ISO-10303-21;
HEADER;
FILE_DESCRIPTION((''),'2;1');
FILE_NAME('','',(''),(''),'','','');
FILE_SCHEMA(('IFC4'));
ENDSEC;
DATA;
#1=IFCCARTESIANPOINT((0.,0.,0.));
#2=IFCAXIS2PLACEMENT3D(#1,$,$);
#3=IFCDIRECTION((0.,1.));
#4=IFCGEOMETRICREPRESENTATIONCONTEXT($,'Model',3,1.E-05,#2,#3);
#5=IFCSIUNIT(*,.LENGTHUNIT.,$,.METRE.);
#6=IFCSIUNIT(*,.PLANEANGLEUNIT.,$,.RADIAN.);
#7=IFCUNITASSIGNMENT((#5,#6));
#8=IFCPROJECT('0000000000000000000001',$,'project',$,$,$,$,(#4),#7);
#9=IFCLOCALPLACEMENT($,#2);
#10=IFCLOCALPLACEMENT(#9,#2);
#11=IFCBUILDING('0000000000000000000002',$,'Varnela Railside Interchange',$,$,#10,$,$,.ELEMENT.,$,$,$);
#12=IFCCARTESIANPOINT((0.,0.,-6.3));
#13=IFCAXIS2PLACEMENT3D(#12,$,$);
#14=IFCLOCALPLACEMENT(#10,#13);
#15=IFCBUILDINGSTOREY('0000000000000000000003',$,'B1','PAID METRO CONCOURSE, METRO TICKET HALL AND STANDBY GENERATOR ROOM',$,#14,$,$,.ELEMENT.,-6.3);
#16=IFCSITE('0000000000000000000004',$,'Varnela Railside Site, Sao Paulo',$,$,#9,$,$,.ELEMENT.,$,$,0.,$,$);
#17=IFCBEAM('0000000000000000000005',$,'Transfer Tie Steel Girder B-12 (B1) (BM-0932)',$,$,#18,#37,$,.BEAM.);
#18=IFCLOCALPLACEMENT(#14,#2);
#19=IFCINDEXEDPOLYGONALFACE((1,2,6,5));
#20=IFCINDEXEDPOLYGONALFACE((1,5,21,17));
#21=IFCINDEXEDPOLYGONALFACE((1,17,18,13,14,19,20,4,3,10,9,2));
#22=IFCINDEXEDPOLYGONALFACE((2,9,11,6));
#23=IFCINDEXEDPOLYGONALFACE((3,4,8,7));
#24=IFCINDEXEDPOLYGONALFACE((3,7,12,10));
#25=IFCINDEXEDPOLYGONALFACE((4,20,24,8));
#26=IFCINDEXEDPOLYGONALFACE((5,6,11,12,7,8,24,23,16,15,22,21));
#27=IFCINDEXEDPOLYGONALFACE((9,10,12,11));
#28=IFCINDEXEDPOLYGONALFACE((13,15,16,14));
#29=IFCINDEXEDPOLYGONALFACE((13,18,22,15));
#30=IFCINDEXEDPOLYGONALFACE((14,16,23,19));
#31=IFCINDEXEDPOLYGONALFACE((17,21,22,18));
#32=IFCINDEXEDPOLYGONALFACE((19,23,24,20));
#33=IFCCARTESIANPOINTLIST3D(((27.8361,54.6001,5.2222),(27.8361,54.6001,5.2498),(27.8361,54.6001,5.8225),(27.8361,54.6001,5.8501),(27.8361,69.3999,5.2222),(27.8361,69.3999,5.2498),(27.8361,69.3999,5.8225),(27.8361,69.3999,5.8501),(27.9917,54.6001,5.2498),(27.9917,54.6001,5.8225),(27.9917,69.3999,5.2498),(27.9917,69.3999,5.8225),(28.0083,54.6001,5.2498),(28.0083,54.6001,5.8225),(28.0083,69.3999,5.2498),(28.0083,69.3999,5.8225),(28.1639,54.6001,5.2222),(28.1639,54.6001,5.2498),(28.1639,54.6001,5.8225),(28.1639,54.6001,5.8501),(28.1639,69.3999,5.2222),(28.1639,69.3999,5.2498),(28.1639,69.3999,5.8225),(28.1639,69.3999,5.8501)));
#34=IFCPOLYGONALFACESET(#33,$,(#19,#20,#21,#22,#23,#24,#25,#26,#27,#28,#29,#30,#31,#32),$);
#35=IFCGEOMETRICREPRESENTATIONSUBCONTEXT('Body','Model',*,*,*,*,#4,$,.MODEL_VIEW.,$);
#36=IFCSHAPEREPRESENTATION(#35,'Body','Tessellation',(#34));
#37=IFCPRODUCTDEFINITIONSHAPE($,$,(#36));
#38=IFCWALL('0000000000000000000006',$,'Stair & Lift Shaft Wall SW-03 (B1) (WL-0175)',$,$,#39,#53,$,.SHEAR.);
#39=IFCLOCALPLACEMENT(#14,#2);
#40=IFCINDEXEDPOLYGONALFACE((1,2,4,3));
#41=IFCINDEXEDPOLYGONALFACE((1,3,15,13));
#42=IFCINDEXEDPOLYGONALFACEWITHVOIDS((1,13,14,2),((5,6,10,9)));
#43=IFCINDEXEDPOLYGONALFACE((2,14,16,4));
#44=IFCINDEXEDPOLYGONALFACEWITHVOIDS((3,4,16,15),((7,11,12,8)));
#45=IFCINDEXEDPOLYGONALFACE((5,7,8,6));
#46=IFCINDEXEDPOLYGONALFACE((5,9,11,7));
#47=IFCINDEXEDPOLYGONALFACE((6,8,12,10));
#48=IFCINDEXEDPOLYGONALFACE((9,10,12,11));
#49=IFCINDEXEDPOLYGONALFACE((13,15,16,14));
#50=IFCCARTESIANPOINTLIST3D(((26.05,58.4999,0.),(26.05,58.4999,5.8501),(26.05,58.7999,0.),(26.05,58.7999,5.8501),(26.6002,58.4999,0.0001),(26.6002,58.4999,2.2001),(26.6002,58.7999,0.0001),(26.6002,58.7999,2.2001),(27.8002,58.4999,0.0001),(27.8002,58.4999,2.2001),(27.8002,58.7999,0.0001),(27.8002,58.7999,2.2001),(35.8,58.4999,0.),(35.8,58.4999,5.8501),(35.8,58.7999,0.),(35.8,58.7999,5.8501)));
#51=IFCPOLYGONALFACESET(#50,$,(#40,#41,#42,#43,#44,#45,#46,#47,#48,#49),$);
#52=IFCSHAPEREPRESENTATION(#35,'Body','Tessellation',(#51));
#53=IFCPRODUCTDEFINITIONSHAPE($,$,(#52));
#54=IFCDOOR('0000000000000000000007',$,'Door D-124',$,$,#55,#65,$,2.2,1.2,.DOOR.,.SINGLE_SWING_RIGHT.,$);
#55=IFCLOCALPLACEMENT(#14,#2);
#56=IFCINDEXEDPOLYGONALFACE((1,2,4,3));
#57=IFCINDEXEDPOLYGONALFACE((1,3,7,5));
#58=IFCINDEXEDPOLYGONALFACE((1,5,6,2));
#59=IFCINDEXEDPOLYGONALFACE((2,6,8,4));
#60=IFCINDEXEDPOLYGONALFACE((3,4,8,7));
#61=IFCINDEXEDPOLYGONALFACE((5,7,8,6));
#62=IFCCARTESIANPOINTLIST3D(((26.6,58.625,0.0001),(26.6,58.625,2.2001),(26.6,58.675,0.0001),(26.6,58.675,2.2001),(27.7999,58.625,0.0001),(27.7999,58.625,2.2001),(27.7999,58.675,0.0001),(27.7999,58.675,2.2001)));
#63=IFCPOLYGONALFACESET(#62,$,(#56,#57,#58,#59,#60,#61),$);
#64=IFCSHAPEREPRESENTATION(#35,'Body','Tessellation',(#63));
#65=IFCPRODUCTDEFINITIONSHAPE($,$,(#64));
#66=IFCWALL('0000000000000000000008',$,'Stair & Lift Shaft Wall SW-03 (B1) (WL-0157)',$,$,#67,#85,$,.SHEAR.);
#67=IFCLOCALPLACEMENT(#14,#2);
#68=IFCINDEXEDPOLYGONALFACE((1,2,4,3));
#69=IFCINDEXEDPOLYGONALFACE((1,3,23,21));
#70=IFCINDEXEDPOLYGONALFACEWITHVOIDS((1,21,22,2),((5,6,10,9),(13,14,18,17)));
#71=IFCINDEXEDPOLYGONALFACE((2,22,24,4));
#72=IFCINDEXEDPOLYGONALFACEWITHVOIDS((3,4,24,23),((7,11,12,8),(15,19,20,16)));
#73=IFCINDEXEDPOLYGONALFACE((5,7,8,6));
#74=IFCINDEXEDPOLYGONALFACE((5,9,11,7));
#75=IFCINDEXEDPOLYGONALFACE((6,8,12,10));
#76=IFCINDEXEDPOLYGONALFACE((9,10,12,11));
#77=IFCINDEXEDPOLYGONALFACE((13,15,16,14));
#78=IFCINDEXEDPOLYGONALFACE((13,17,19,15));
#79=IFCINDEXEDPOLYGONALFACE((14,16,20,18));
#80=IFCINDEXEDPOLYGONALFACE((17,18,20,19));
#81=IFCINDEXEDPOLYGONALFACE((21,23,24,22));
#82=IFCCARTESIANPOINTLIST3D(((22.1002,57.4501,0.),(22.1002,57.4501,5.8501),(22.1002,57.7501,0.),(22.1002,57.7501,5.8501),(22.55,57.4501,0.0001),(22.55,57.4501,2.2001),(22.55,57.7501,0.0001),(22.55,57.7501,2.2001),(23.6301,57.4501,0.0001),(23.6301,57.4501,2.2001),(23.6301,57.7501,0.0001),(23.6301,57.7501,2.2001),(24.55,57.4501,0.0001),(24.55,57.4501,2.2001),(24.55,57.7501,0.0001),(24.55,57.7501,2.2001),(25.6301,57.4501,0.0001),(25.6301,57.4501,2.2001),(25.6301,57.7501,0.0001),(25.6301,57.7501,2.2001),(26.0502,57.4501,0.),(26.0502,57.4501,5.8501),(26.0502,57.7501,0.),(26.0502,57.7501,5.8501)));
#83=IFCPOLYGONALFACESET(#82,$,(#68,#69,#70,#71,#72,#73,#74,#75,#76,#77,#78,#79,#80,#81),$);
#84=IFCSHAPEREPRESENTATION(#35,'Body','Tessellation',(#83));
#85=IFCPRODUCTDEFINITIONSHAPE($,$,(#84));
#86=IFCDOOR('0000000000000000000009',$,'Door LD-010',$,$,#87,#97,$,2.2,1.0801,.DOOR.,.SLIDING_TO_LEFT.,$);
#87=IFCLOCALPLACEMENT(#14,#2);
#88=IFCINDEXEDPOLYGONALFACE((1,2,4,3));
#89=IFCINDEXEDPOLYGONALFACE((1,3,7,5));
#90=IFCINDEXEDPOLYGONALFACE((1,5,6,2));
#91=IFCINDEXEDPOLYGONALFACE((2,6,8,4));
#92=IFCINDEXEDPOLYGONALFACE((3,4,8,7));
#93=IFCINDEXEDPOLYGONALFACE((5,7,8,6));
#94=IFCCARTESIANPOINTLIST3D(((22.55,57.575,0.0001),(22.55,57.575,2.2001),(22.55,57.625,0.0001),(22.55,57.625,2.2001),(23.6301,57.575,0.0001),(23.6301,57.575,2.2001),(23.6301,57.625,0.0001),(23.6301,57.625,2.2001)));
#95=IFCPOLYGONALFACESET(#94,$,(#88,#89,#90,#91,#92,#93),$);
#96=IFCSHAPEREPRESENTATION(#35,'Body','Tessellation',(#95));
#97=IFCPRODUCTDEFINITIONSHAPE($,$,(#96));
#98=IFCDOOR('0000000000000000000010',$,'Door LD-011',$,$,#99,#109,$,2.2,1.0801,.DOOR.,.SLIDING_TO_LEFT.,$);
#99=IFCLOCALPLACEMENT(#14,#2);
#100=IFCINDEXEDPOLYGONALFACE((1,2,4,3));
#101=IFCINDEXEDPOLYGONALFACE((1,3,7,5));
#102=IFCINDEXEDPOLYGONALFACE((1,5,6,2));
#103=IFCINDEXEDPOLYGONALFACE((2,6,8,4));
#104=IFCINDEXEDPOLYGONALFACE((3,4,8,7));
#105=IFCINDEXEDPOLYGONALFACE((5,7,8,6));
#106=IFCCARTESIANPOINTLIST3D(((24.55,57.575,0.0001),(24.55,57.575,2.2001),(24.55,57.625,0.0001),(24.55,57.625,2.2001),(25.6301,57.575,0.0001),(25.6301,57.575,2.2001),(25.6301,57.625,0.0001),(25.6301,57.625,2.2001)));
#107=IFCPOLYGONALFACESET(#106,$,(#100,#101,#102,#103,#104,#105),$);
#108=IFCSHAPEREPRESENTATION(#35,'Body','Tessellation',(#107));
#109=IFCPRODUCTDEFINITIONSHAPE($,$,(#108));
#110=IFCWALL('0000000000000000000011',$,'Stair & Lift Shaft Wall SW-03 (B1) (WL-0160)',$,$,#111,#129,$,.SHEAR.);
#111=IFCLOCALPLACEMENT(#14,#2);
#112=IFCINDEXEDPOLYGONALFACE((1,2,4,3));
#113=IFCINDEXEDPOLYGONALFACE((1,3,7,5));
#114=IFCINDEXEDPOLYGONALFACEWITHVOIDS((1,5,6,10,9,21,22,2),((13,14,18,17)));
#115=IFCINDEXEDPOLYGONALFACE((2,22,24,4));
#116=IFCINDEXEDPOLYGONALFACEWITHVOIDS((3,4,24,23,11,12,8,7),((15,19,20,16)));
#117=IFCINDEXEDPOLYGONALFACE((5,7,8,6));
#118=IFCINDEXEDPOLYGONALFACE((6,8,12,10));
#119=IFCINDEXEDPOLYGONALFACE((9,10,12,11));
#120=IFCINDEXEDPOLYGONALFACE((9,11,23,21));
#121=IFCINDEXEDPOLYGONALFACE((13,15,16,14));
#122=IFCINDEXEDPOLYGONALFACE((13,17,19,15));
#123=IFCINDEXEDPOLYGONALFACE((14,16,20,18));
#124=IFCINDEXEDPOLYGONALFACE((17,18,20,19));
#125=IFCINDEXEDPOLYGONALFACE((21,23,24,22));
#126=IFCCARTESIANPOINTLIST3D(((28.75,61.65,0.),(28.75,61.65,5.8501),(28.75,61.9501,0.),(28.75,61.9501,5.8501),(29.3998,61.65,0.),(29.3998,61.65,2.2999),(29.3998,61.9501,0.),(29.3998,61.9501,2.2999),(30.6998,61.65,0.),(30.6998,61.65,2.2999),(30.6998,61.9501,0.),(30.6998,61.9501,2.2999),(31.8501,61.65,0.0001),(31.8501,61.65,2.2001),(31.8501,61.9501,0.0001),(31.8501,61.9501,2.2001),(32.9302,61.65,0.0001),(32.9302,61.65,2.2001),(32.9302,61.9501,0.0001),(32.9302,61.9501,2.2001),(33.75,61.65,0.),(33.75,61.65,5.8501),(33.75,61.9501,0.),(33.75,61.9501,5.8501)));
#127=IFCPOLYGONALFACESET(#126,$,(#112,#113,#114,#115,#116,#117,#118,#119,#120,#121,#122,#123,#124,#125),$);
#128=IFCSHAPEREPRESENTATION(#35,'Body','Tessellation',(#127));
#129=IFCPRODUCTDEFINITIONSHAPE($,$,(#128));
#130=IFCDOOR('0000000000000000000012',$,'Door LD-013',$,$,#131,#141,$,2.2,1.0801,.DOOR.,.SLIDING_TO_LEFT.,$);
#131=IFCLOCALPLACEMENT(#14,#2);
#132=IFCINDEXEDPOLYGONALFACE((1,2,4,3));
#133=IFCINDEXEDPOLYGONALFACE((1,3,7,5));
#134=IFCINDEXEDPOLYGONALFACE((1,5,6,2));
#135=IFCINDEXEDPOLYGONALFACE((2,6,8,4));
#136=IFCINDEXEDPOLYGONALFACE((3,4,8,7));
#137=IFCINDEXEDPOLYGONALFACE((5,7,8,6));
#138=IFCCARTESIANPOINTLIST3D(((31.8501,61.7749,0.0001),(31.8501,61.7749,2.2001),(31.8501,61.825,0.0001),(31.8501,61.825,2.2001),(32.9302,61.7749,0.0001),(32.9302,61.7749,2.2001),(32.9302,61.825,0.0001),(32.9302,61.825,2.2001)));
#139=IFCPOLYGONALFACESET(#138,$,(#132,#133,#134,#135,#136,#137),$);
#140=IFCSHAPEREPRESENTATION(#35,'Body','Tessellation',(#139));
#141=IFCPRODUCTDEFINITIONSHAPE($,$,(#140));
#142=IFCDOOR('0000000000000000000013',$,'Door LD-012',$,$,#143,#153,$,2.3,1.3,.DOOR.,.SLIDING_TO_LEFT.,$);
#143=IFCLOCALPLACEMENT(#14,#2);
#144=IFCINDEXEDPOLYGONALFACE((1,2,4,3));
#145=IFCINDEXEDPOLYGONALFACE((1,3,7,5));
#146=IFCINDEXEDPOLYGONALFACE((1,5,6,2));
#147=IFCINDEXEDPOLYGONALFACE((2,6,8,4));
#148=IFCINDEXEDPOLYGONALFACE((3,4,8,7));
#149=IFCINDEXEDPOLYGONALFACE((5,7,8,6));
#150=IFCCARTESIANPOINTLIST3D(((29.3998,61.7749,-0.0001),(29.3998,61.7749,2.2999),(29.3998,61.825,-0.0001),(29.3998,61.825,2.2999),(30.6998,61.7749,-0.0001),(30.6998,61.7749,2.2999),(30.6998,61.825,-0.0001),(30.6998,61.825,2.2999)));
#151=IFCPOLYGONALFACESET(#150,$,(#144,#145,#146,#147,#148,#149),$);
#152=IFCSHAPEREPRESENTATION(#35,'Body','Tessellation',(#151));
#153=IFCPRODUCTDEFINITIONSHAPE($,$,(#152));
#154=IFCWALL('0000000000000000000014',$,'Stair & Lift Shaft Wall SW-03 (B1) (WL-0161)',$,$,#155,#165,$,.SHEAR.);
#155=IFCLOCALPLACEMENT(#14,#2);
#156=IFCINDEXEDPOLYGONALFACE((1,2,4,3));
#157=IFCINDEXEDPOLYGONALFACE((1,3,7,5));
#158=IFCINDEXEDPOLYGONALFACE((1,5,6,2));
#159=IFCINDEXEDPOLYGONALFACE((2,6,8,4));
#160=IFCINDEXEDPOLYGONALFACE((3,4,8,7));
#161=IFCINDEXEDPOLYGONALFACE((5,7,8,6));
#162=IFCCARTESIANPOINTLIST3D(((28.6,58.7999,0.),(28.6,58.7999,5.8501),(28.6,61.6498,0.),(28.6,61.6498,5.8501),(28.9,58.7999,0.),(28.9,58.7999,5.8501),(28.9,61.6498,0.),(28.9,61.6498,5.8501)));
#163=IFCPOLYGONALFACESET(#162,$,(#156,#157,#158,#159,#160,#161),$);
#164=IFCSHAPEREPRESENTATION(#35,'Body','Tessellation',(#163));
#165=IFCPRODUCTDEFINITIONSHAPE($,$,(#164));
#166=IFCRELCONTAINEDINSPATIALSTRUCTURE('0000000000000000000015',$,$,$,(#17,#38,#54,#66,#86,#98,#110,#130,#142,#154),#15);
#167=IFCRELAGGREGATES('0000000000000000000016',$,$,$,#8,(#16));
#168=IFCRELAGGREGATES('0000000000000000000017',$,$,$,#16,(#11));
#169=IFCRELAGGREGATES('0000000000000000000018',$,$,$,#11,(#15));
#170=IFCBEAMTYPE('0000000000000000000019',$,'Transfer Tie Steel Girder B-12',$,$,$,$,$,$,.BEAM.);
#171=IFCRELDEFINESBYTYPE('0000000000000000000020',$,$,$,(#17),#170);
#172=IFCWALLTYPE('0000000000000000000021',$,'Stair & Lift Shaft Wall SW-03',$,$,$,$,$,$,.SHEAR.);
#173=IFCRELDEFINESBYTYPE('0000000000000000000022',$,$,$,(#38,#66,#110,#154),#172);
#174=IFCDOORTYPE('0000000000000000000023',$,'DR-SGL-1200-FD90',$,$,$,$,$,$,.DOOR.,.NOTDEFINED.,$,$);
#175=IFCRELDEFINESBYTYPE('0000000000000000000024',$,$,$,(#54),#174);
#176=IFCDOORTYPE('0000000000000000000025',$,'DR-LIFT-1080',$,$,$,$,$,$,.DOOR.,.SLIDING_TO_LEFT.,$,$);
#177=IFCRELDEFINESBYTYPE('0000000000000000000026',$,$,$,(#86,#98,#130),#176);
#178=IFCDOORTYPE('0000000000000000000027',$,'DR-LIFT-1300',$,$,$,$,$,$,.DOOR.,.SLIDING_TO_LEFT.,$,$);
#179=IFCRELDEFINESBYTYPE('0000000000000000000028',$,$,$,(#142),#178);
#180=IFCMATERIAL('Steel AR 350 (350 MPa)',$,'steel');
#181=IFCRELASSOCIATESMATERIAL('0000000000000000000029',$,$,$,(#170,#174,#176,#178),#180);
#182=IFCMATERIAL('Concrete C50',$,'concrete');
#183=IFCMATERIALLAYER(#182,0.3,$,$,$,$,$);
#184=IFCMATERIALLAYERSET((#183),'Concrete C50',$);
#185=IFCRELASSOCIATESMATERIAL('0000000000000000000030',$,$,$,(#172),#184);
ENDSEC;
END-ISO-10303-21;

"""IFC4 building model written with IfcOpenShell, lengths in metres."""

from ifc_helpers import new_model, si_unit, direction, frame, frame_2d, origin, origin_2d, place, context, subcontext, project, spatial, rectangle, i_section, extrude, material, layer, layer_set, material_profile, profile_set, type_object, element, fill, save


model = new_model("IFC4")

# Units and contexts
model_context = context("Model", 3, precision=1e-05, world=origin(), true_north=direction((0.0, 1.0)))
body_context = subcontext(model_context, "Body", "Model", "MODEL_VIEW")
ifc_project = project(units=[si_unit("LENGTHUNIT", "METRE"), si_unit("PLANEANGLEUNIT", "RADIAN")], contexts=[model_context])

# Site, building, storey
site_placement = place(None, origin())
site = spatial("IfcSite", under=ifc_project, at=site_placement, Name="Varnela Railside Site, Sao Paulo", CompositionType="ELEMENT", RefElevation=0.0)
building_placement = place(site_placement, origin())
building = spatial("IfcBuilding", under=site, at=building_placement, Name="Varnela Railside Interchange", CompositionType="ELEMENT")
storey_placement = place(building_placement, frame((0.0, 0.0, -6.3)))
storey = spatial("IfcBuildingStorey", under=building, at=storey_placement, Name="B1", Description="PAID METRO CONCOURSE, METRO TICKET HALL AND STANDBY GENERATOR ROOM", CompositionType="ELEMENT", Elevation=-6.3)

# Beam
ifc_material_1 = material(Name="Steel AR 350 (350 MPa)", Category="steel")
ifc_material_profile = material_profile(ifc_material_1, i_section(OverallWidth=0.3279, OverallDepth=0.6279, WebThickness=0.0166, FlangeThickness=0.0276, at=origin_2d()), Name="W610x217")
ifc_profile_set = profile_set([ifc_material_profile], Name="Steel AR 350 (350 MPa)")
beam_type = type_object("IfcBeamType", Name="Transfer Tie Steel Girder B-12", PredefinedType="BEAM", material=ifc_profile_set)
beam_placement = place(storey_placement, frame((28.0, 54.6001, 5.5361), z_axis=(0.0, 1.0, 0.0), x_axis=(-1.0, 0.0, 0.0)))
element("IfcBeam", 1, at=beam_placement, inside=storey, type_object=beam_type, Name="Transfer Tie Steel Girder B-12 (B1) (BM-0932)", PredefinedType="BEAM", context=body_context, shape_type="SweptSolid", body=[
    extrude(i_section(OverallWidth=0.3279, OverallDepth=0.6279, WebThickness=0.0166, FlangeThickness=0.0276, at=origin_2d()), origin(), (0.0, 0.0, 1.0), 14.7998),
])

# Wall, opening, door
ifc_material_2 = material(Name="Concrete C50", Category="concrete")
ifc_layer = layer(ifc_material_2, 0.3)
ifc_layer_set = layer_set([ifc_layer], Name="Concrete C50")
wall_type = type_object("IfcWallType", Name="Stair & Lift Shaft Wall SW-03", PredefinedType="SHEAR", material=ifc_layer_set)
wall_1_placement = place(storey_placement, frame((26.05, 58.6499, 0.0), z_axis=(0.0, 0.0, 1.0), x_axis=(1.0, 0.0, 0.0)))
wall_1 = element("IfcWall", 2, at=wall_1_placement, inside=storey, type_object=wall_type, Name="Stair & Lift Shaft Wall SW-03 (B1) (WL-0175)", PredefinedType="SHEAR", context=body_context, shape_type="SweptSolid", body=[
    extrude(rectangle(XDim=9.75, YDim=0.3, at=frame_2d((4.875, 0.0))), origin(), (0.0, 0.0, 1.0), 5.8501),
])
opening_1_placement = place(wall_1_placement, frame((0.55, 0.0, 0.0)))
opening_1 = element("IfcOpeningElement", 3, at=opening_1_placement, cuts=wall_1, PredefinedType="OPENING", context=body_context, shape_type="SweptSolid", body=[
    extrude(rectangle(XDim=1.2, YDim=2.2, at=frame_2d((0.6001, 1.1001))), frame((0.0, 0.1599, 0.0), z_axis=(0.0, -1.0, 0.0), x_axis=(1.0, 0.0, 0.0)), (0.0, 0.0, 1.0), 0.3201),
])
door_type_1 = type_object("IfcDoorType", Name="DR-SGL-1200-FD90", OperationType="NOTDEFINED", PredefinedType="DOOR", material=ifc_material_1)
door_1_placement = place(opening_1_placement, frame((1.2, 0.0, 0.0), z_axis=(0.0, 0.0, 1.0), x_axis=(-1.0, 0.0, 0.0)))
door_1 = element("IfcDoor", 4, at=door_1_placement, inside=storey, type_object=door_type_1, Name="Door D-124", OperationType="SINGLE_SWING_RIGHT", OverallHeight=2.2, OverallWidth=1.2, PredefinedType="DOOR", context=body_context, shape_type="SweptSolid", body=[
    extrude(rectangle(XDim=1.2, YDim=2.2, at=frame_2d((0.6001, 1.1001))), frame((0.0, 0.0249, 0.0), z_axis=(0.0, -1.0, 0.0), x_axis=(1.0, 0.0, 0.0)), (0.0, 0.0, 1.0), 0.05),
])
fill(opening_1, door_1)

# Walls, openings, doors
wall_2_placement = place(storey_placement, frame((22.1001, 57.6001, 0.0), z_axis=(0.0, 0.0, 1.0), x_axis=(1.0, 0.0, 0.0)))
wall_2 = element("IfcWall", 5, at=wall_2_placement, inside=storey, type_object=wall_type, Name="Stair & Lift Shaft Wall SW-03 (B1) (WL-0157)", PredefinedType="SHEAR", context=body_context, shape_type="SweptSolid", body=[
    extrude(rectangle(XDim=3.95, YDim=0.3, at=frame_2d((1.9751, 0.0))), origin(), (0.0, 0.0, 1.0), 5.8501),
])
opening_2_placement = place(wall_2_placement, frame((0.45, 0.0, 0.0)))
opening_2 = element("IfcOpeningElement", 6, at=opening_2_placement, cuts=wall_2, PredefinedType="OPENING", context=body_context, shape_type="SweptSolid", body=[
    extrude(rectangle(XDim=1.0801, YDim=2.2, at=frame_2d((0.54, 1.1001))), frame((0.0, 0.1599, 0.0), z_axis=(0.0, -1.0, 0.0), x_axis=(1.0, 0.0, 0.0)), (0.0, 0.0, 1.0), 0.3201),
])
opening_3_placement = place(wall_2_placement, frame((2.45, 0.0, 0.0)))
opening_3 = element("IfcOpeningElement", 7, at=opening_3_placement, cuts=wall_2, PredefinedType="OPENING", context=body_context, shape_type="SweptSolid", body=[
    extrude(rectangle(XDim=1.0801, YDim=2.2, at=frame_2d((0.54, 1.1001))), frame((0.0, 0.1599, 0.0), z_axis=(0.0, -1.0, 0.0), x_axis=(1.0, 0.0, 0.0)), (0.0, 0.0, 1.0), 0.3201),
])
door_type_2 = type_object("IfcDoorType", Name="DR-LIFT-1080", OperationType="SLIDING_TO_LEFT", PredefinedType="DOOR", material=ifc_material_1)
door_2_placement = place(opening_2_placement, origin())
door_2 = element("IfcDoor", 8, at=door_2_placement, inside=storey, type_object=door_type_2, Name="Door LD-010", OperationType="SLIDING_TO_LEFT", OverallHeight=2.2, OverallWidth=1.0801, PredefinedType="DOOR", context=body_context, shape_type="SweptSolid", body=[
    extrude(rectangle(XDim=1.0801, YDim=2.2, at=frame_2d((0.54, 1.1001))), frame((0.0, 0.0249, 0.0), z_axis=(0.0, -1.0, 0.0), x_axis=(1.0, 0.0, 0.0)), (0.0, 0.0, 1.0), 0.05),
])
fill(opening_2, door_2)
door_3_placement = place(opening_3_placement, origin())
door_3 = element("IfcDoor", 9, at=door_3_placement, inside=storey, type_object=door_type_2, Name="Door LD-011", OperationType="SLIDING_TO_LEFT", OverallHeight=2.2, OverallWidth=1.0801, PredefinedType="DOOR", context=body_context, shape_type="SweptSolid", body=[
    extrude(rectangle(XDim=1.0801, YDim=2.2, at=frame_2d((0.54, 1.1001))), frame((0.0, 0.0249, 0.0), z_axis=(0.0, -1.0, 0.0), x_axis=(1.0, 0.0, 0.0)), (0.0, 0.0, 1.0), 0.05),
])
fill(opening_3, door_3)
wall_3_placement = place(storey_placement, frame((28.75, 61.8, 0.0), z_axis=(0.0, 0.0, 1.0), x_axis=(1.0, 0.0, 0.0)))
wall_3 = element("IfcWall", 10, at=wall_3_placement, inside=storey, type_object=wall_type, Name="Stair & Lift Shaft Wall SW-03 (B1) (WL-0160)", PredefinedType="SHEAR", context=body_context, shape_type="SweptSolid", body=[
    extrude(rectangle(XDim=5.0, YDim=0.3, at=frame_2d((2.5, 0.0))), origin(), (0.0, 0.0, 1.0), 5.8501),
])
opening_4_placement = place(wall_3_placement, frame((0.6499, 0.0, 0.0)))
opening_4 = element("IfcOpeningElement", 11, at=opening_4_placement, cuts=wall_3, PredefinedType="OPENING", context=body_context, shape_type="SweptSolid", body=[
    extrude(rectangle(XDim=1.3, YDim=2.3, at=frame_2d((0.6499, 1.1499))), frame((0.0, 0.1599, 0.0), z_axis=(0.0, -1.0, 0.0), x_axis=(1.0, 0.0, 0.0)), (0.0, 0.0, 1.0), 0.3201),
])
opening_5_placement = place(wall_3_placement, frame((3.1001, 0.0, 0.0)))
opening_5 = element("IfcOpeningElement", 12, at=opening_5_placement, cuts=wall_3, PredefinedType="OPENING", context=body_context, shape_type="SweptSolid", body=[
    extrude(rectangle(XDim=1.0801, YDim=2.2, at=frame_2d((0.54, 1.1001))), frame((0.0, 0.1599, 0.0), z_axis=(0.0, -1.0, 0.0), x_axis=(1.0, 0.0, 0.0)), (0.0, 0.0, 1.0), 0.3201),
])
door_4_placement = place(opening_5_placement, origin())
door_4 = element("IfcDoor", 13, at=door_4_placement, inside=storey, type_object=door_type_2, Name="Door LD-013", OperationType="SLIDING_TO_LEFT", OverallHeight=2.2, OverallWidth=1.0801, PredefinedType="DOOR", context=body_context, shape_type="SweptSolid", body=[
    extrude(rectangle(XDim=1.0801, YDim=2.2, at=frame_2d((0.54, 1.1001))), frame((0.0, 0.0249, 0.0), z_axis=(0.0, -1.0, 0.0), x_axis=(1.0, 0.0, 0.0)), (0.0, 0.0, 1.0), 0.05),
])
fill(opening_5, door_4)
door_type_3 = type_object("IfcDoorType", Name="DR-LIFT-1300", OperationType="SLIDING_TO_LEFT", PredefinedType="DOOR", material=ifc_material_1)
door_5_placement = place(opening_4_placement, origin())
door_5 = element("IfcDoor", 14, at=door_5_placement, inside=storey, type_object=door_type_3, Name="Door LD-012", OperationType="SLIDING_TO_LEFT", OverallHeight=2.3, OverallWidth=1.3, PredefinedType="DOOR", context=body_context, shape_type="SweptSolid", body=[
    extrude(rectangle(XDim=1.3, YDim=2.3, at=frame_2d((0.6499, 1.1499))), frame((0.0, 0.0249, 0.0), z_axis=(0.0, -1.0, 0.0), x_axis=(1.0, 0.0, 0.0)), (0.0, 0.0, 1.0), 0.05),
])
fill(opening_4, door_5)

# Wall
wall_4_placement = place(storey_placement, frame((28.75, 58.8, 0.0), z_axis=(0.0, 0.0, 1.0), x_axis=(0.0, 1.0, 0.0)))
element("IfcWall", 15, at=wall_4_placement, inside=storey, type_object=wall_type, Name="Stair & Lift Shaft Wall SW-03 (B1) (WL-0161)", PredefinedType="SHEAR", context=body_context, shape_type="SweptSolid", body=[
    extrude(rectangle(XDim=2.8499, YDim=0.3, at=frame_2d((1.4248, 0.0))), origin(), (0.0, 0.0, 1.0), 5.8501),
])

save(model, "model.ifc")
